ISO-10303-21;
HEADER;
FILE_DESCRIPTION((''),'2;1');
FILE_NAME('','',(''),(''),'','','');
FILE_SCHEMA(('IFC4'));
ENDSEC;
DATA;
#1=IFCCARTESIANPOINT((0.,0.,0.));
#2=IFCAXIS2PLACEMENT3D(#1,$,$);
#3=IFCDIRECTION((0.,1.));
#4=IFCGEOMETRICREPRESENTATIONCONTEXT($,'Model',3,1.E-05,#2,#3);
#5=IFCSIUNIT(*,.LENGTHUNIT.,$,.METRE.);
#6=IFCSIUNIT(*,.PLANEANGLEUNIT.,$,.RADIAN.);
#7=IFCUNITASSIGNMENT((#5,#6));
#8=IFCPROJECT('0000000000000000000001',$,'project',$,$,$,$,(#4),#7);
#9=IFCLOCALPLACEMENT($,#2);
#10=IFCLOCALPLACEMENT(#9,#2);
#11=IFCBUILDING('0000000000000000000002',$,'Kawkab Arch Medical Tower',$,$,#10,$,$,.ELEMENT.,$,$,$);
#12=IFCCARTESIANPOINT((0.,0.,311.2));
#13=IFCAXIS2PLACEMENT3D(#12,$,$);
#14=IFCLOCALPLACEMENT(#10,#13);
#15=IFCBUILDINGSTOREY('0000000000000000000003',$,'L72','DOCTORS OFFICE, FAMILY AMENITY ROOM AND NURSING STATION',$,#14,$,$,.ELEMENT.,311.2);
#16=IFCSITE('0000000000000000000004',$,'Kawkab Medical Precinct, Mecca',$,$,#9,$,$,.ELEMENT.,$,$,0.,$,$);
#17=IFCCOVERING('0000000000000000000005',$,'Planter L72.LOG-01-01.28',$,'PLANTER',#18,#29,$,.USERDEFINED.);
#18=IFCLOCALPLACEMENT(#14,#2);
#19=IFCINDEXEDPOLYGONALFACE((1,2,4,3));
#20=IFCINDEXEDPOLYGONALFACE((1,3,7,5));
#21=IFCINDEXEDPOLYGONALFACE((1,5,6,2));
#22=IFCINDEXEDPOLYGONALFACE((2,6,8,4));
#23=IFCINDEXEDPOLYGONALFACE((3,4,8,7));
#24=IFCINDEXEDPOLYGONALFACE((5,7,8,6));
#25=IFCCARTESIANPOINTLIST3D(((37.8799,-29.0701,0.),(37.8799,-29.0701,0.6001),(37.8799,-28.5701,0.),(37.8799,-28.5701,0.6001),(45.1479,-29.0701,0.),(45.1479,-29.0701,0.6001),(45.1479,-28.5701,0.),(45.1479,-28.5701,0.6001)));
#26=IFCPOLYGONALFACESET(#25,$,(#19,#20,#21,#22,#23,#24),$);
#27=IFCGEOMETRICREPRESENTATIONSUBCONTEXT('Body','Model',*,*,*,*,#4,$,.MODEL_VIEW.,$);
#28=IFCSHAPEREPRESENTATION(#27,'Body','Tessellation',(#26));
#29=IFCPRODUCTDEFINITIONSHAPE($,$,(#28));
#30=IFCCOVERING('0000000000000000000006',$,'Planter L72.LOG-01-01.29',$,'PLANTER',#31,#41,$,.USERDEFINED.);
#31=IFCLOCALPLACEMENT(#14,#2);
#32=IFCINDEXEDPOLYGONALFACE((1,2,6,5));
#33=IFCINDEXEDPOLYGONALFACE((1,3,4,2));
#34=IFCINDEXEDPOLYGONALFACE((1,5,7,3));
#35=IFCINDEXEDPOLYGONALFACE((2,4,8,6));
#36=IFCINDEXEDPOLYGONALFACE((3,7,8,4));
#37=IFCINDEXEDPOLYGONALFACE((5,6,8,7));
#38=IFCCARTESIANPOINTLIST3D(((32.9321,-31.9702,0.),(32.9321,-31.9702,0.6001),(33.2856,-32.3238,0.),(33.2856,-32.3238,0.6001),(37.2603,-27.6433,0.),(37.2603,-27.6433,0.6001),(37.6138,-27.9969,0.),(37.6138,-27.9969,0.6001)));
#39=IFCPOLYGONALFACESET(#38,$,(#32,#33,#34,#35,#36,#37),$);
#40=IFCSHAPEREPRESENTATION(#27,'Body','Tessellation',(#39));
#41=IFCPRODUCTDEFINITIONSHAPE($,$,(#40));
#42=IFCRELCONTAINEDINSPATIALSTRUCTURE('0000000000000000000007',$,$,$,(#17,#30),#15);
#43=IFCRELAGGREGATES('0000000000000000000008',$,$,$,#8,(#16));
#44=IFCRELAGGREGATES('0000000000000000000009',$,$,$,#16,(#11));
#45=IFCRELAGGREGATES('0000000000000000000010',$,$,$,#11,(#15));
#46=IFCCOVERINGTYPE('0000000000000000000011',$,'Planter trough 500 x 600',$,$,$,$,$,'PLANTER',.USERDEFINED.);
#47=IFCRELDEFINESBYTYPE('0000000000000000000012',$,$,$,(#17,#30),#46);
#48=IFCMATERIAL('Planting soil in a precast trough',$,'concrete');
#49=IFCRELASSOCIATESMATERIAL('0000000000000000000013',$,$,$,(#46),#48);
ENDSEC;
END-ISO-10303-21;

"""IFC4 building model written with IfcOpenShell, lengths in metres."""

from ifc_helpers import new_model, si_unit, direction, frame, origin, origin_2d, place, context, subcontext, project, spatial, rectangle, extrude, material, material_profile, profile_set, type_object, element, save


model = new_model("IFC4")

# Units and contexts
model_context = context("Model", 3, precision=1e-05, world=origin(), true_north=direction((0.0, 1.0)))
body_context = subcontext(model_context, "Body", "Model", "MODEL_VIEW")
ifc_project = project(units=[si_unit("LENGTHUNIT", "METRE"), si_unit("PLANEANGLEUNIT", "RADIAN")], contexts=[model_context])

# Site, building, storey
site_placement = place(None, origin())
site = spatial("IfcSite", under=ifc_project, at=site_placement, Name="Kawkab Medical Precinct, Mecca", CompositionType="ELEMENT", RefElevation=0.0)
building_placement = place(site_placement, origin())
building = spatial("IfcBuilding", under=site, at=building_placement, Name="Kawkab Arch Medical Tower", CompositionType="ELEMENT")
storey_placement = place(building_placement, frame((0.0, 0.0, 311.2)))
storey = spatial("IfcBuildingStorey", under=building, at=storey_placement, Name="L72", Description="DOCTORS OFFICE, FAMILY AMENITY ROOM AND NURSING STATION", CompositionType="ELEMENT", Elevation=311.2)

# Coverings
ifc_material_1 = material(Name="Planting soil in a precast trough", Category="concrete")
ifc_material_profile_1 = material_profile(ifc_material_1, rectangle(XDim=0.5, YDim=0.6001, at=origin_2d()), Name="Trough 500x600")
ifc_profile_set_1 = profile_set([ifc_material_profile_1], Name="Planting soil in a precast trough")
covering_type_1 = type_object("IfcCoveringType", Name="Planter trough 500 x 600", ElementType="PLANTER", PredefinedType="USERDEFINED", material=ifc_profile_set_1)
covering_1_placement = place(storey_placement, frame((45.1479, -28.8201, 0.3), z_axis=(-1.0, 0.0, 0.0), x_axis=(0.0, -1.0, 0.0)))
element("IfcCovering", 1, at=covering_1_placement, inside=storey, type_object=covering_type_1, Name="Planter L72.LOG-01-01.28", ObjectType="PLANTER", PredefinedType="USERDEFINED", context=body_context, shape_type="SweptSolid", body=[
    extrude(rectangle(XDim=0.5, YDim=0.6001, at=origin_2d()), origin(), (0.0, 0.0, 1.0), 7.2681),
])
covering_2_placement = place(storey_placement, frame((37.437, -27.8201, 0.3), z_axis=(-0.707207, -0.707007, 0.0), x_axis=(0.707007, -0.707207, 0.0)))
element("IfcCovering", 2, at=covering_2_placement, inside=storey, type_object=covering_type_1, Name="Planter L72.LOG-01-01.29", ObjectType="PLANTER", PredefinedType="USERDEFINED", context=body_context, shape_type="SweptSolid", body=[
    extrude(rectangle(XDim=0.5, YDim=0.6001, at=origin_2d()), origin(), (0.0, 0.0, 1.0), 6.1201),
])

save(model, "model.ifc")
